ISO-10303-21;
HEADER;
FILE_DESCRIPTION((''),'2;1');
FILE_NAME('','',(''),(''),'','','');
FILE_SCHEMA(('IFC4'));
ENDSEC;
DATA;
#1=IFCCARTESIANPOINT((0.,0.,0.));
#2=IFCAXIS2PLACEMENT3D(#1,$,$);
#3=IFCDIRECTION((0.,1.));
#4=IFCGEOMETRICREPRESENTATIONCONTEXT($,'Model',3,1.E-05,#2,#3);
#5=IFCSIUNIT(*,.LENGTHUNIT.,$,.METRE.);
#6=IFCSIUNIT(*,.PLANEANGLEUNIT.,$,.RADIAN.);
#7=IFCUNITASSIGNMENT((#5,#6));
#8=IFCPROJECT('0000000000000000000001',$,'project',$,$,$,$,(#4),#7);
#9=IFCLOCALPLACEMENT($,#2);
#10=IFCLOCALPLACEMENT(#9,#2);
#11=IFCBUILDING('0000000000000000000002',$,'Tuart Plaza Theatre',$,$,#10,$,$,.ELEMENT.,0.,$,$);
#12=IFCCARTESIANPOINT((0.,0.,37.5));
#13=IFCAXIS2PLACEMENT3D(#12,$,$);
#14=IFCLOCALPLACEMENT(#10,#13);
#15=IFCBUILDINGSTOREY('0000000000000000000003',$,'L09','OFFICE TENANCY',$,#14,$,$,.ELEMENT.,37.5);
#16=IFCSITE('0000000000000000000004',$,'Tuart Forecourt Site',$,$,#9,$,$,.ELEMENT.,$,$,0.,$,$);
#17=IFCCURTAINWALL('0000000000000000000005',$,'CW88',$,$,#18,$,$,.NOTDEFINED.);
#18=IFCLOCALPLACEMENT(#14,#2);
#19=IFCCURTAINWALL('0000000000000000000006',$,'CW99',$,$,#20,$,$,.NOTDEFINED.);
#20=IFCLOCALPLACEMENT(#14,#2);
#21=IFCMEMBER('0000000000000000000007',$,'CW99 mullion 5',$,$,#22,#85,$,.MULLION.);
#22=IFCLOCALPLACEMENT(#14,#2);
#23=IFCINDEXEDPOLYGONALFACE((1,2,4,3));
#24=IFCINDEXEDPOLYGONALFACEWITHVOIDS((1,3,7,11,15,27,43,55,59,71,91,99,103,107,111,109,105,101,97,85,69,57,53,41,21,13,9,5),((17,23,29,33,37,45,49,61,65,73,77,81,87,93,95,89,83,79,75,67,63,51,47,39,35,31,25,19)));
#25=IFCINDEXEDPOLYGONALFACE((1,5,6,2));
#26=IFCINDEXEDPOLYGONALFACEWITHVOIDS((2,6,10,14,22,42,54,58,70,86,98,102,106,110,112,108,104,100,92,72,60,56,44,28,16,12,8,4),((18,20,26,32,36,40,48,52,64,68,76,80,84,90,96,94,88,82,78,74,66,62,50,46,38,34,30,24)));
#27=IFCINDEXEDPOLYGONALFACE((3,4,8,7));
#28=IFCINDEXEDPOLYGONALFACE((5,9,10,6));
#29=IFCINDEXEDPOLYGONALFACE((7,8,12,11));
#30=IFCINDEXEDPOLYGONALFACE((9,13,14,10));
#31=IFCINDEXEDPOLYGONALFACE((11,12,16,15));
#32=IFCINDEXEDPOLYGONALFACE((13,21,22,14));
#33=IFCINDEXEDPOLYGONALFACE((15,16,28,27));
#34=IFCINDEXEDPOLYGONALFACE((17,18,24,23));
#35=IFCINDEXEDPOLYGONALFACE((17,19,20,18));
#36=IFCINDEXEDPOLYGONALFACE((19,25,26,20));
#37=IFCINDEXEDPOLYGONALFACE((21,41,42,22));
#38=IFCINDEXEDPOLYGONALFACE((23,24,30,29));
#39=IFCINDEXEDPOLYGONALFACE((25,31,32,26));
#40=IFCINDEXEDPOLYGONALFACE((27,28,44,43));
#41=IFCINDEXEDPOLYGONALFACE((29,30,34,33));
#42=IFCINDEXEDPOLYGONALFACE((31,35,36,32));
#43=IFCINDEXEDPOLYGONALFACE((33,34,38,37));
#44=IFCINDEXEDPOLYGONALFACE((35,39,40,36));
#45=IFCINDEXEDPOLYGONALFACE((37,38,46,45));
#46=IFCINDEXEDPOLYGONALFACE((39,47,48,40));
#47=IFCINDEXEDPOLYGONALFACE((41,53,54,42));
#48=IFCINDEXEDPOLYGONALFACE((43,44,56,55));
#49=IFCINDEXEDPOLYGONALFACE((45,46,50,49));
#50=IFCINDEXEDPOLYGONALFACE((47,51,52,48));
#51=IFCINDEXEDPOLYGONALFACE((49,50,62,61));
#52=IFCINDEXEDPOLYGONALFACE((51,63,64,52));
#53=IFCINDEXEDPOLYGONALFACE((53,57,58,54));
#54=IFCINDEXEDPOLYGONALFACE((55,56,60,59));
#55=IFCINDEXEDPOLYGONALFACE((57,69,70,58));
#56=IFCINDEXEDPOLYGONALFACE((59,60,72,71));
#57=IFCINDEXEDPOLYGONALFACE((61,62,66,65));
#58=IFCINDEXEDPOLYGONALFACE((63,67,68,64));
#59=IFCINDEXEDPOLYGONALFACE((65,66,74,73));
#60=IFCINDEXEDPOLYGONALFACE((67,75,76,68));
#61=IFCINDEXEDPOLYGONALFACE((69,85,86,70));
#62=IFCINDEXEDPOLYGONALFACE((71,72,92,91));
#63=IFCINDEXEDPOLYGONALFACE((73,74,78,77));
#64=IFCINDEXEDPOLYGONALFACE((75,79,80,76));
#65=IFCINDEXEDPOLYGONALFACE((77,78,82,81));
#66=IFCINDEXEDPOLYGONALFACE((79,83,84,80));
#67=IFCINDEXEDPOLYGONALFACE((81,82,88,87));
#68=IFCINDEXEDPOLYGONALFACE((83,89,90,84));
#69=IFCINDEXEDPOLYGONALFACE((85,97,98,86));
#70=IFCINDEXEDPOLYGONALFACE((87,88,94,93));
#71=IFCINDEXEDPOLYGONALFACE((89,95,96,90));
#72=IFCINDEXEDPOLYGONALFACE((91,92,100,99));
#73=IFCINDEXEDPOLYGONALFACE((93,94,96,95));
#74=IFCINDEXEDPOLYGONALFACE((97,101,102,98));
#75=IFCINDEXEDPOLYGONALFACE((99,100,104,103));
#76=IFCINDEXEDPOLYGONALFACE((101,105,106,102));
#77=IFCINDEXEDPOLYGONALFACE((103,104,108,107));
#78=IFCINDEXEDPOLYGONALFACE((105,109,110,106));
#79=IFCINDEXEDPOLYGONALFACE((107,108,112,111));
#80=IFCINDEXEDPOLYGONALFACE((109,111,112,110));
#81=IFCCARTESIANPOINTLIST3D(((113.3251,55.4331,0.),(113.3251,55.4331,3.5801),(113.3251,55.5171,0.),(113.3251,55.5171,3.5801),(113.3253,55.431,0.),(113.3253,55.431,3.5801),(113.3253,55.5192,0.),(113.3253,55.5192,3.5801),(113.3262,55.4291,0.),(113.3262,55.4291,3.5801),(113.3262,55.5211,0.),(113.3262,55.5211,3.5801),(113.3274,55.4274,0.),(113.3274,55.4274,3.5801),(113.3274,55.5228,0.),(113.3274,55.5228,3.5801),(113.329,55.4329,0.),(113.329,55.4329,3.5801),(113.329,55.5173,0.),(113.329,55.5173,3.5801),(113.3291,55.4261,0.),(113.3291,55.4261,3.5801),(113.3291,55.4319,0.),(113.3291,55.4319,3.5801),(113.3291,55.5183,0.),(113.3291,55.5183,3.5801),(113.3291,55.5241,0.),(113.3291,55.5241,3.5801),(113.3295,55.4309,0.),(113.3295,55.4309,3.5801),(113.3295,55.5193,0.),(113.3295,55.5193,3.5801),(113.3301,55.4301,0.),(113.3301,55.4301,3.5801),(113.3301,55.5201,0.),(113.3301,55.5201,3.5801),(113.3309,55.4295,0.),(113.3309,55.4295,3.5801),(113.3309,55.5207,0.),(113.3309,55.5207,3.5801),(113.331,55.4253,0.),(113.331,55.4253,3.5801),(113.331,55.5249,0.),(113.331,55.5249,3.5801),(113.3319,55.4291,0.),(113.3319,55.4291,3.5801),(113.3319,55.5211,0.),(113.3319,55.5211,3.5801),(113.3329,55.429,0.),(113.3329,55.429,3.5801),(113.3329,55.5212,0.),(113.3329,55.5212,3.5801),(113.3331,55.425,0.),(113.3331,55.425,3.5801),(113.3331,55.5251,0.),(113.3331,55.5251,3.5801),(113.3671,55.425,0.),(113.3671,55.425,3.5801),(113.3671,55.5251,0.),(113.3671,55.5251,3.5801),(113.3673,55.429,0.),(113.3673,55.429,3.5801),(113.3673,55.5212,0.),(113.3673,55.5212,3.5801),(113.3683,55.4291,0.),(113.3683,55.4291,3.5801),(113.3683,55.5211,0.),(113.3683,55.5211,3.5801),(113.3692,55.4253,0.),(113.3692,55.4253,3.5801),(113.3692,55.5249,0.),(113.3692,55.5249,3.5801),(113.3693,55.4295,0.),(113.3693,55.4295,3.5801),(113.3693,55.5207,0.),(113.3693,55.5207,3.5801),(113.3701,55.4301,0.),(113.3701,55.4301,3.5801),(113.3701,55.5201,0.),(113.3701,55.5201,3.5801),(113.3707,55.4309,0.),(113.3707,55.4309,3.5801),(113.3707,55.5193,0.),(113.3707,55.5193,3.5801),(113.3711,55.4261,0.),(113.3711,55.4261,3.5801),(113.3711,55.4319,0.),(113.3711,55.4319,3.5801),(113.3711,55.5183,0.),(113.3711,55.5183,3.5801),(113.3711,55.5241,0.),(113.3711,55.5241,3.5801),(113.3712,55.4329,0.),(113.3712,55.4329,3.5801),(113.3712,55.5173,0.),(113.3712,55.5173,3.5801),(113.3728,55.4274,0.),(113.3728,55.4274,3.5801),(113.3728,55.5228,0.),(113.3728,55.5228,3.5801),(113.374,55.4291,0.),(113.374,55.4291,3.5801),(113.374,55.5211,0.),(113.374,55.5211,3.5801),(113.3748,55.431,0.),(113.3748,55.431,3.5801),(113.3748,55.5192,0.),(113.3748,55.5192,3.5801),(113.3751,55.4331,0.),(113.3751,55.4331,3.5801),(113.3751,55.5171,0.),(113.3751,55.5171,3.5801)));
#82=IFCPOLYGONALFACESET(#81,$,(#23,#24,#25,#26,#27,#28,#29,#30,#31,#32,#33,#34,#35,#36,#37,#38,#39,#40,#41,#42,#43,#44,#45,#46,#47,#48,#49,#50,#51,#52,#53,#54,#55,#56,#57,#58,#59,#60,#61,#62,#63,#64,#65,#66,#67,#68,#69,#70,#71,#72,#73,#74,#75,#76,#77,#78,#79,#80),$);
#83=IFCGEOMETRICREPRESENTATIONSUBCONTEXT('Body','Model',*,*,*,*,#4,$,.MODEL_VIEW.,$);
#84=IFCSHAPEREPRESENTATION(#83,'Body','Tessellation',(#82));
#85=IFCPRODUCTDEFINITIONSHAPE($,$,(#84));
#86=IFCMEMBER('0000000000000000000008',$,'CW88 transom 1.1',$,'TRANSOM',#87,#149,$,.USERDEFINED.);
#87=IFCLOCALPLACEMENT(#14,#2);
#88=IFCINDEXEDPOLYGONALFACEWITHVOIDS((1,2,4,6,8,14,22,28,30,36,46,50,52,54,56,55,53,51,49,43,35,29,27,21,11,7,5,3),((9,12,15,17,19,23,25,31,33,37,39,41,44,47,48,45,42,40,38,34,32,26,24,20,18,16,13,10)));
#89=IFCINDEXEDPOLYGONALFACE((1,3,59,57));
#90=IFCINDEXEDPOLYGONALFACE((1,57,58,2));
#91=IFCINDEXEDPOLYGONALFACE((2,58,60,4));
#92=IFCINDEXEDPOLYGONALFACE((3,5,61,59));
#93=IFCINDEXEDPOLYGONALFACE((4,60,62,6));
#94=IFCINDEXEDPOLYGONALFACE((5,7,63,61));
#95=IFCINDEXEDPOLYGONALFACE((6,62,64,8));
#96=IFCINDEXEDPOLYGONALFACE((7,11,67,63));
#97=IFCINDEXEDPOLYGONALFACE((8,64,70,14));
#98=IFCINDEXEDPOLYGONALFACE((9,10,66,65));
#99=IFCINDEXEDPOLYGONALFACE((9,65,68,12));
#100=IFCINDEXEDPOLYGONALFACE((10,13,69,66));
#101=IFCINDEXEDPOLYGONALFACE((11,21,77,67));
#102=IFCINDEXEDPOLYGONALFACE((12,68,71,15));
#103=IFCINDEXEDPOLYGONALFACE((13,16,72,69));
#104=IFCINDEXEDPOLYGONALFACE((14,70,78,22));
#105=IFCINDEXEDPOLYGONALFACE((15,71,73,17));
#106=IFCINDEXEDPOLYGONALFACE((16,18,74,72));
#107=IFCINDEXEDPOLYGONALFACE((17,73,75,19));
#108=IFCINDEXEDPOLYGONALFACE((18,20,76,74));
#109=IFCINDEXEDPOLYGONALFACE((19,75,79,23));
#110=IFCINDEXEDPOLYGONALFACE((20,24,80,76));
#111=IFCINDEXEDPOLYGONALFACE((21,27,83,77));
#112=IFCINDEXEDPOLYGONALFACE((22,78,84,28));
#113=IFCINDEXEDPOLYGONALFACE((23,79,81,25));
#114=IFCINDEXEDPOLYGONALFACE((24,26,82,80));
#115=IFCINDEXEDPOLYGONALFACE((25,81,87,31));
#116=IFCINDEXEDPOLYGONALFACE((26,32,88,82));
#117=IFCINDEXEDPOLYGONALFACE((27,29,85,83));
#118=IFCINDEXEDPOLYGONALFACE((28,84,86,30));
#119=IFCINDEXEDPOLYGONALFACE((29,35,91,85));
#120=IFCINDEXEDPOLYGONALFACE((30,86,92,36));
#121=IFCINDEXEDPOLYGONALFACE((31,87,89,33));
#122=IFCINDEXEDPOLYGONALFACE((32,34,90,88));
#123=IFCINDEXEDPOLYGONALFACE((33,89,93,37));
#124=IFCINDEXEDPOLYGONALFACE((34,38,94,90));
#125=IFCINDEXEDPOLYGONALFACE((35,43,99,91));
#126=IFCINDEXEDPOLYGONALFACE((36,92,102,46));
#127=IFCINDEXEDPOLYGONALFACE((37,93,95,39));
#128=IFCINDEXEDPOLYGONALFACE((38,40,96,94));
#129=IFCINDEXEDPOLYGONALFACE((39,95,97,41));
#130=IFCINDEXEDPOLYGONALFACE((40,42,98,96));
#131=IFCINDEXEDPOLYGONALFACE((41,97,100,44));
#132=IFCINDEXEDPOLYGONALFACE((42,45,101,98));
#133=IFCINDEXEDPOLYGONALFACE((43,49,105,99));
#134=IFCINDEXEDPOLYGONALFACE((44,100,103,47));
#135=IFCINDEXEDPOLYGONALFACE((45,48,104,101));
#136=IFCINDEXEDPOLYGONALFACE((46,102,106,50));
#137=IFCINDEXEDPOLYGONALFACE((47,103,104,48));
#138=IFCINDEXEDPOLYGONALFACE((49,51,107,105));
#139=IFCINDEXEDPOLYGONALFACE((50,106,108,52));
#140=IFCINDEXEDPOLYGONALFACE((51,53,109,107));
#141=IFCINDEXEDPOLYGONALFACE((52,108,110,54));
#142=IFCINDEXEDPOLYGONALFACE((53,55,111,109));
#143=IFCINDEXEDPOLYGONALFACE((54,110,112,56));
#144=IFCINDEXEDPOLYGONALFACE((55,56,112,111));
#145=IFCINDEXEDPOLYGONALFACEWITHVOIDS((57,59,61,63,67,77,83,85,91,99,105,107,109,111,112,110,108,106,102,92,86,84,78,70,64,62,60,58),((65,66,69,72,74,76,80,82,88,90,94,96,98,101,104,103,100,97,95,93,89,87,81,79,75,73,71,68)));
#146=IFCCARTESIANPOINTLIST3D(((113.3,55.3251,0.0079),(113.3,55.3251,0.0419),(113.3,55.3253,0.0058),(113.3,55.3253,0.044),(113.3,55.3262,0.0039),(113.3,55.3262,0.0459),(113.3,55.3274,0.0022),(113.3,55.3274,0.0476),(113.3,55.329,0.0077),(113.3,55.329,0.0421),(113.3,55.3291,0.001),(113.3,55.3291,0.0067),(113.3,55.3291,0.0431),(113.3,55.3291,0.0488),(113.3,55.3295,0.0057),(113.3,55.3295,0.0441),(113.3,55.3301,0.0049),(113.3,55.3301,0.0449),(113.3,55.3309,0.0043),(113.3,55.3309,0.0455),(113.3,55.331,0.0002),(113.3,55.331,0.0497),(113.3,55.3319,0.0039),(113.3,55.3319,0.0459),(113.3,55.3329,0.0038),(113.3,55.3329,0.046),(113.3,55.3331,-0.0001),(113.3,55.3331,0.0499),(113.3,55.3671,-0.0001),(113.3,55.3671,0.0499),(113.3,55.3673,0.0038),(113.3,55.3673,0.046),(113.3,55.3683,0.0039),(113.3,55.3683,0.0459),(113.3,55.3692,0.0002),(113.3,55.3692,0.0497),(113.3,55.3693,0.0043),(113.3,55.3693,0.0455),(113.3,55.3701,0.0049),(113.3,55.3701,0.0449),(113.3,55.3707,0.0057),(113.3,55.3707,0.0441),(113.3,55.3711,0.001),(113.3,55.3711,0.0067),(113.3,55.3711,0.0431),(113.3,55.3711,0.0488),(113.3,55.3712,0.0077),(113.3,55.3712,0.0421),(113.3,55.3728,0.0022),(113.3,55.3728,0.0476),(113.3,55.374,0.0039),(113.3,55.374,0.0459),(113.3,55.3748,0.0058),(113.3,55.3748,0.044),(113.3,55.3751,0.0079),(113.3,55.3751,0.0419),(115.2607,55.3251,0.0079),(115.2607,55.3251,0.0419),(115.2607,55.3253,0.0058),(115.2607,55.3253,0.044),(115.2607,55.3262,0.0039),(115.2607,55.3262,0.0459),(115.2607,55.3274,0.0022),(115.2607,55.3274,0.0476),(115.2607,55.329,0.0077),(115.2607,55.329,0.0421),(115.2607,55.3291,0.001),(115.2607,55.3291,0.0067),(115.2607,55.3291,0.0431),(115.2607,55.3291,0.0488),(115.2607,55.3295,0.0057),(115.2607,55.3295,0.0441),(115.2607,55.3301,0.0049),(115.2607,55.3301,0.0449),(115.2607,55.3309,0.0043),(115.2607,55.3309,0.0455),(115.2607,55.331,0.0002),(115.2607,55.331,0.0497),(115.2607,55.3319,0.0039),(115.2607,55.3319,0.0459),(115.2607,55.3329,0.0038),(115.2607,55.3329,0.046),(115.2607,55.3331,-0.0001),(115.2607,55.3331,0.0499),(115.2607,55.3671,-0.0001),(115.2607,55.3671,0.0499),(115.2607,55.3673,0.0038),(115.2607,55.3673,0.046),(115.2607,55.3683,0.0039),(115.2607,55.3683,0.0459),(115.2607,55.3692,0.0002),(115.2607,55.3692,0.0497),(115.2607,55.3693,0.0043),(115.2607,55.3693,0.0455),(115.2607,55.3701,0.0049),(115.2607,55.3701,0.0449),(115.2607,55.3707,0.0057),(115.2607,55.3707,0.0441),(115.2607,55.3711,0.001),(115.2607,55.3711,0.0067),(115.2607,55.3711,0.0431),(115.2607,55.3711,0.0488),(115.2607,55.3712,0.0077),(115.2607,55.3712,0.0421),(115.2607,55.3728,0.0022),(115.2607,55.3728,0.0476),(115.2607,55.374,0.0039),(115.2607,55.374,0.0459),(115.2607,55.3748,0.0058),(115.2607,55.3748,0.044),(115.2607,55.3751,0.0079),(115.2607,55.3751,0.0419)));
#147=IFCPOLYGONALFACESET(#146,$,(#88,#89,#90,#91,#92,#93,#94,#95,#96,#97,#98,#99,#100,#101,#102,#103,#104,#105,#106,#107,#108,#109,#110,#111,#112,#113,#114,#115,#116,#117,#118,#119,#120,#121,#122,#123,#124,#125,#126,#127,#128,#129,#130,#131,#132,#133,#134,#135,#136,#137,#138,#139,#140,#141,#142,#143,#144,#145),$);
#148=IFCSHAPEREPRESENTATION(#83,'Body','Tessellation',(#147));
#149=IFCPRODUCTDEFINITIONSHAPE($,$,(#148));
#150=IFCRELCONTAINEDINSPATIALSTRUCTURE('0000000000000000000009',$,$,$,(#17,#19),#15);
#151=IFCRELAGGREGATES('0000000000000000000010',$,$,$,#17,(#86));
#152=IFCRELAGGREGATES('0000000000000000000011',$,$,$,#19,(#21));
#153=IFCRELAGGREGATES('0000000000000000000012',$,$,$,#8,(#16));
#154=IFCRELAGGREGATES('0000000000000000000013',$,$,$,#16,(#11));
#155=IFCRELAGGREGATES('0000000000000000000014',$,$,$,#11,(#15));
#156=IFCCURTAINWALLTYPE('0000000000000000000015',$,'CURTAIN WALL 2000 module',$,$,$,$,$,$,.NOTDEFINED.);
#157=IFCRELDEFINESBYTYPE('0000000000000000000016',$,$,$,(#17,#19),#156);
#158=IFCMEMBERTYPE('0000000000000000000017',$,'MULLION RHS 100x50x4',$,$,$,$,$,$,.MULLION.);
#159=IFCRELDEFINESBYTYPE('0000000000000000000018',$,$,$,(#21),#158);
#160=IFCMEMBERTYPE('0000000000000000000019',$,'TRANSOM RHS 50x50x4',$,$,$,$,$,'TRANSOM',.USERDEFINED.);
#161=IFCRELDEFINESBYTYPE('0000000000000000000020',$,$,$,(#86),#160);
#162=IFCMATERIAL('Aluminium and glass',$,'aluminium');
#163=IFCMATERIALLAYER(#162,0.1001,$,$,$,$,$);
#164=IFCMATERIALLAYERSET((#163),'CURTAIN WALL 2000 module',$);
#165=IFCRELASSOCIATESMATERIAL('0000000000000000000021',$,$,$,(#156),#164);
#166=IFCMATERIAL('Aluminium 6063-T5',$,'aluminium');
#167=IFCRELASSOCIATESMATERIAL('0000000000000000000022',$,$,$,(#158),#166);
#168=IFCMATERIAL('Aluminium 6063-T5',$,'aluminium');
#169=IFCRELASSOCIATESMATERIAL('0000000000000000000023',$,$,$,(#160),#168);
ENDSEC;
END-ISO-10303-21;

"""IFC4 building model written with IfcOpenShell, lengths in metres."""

from ifc_helpers import new_model, si_unit, direction, frame, origin, origin_2d, place, context, subcontext, project, spatial, hollow_rectangle, extrude, material, layer, layer_set, material_profile, profile_set, type_object, element, aggregate, save


model = new_model("IFC4")

# Units and contexts
model_context = context("Model", 3, precision=1e-05, world=origin(), true_north=direction((0.0, 1.0)))
body_context = subcontext(model_context, "Body", "Model", "MODEL_VIEW")
ifc_project = project(units=[si_unit("LENGTHUNIT", "METRE"), si_unit("PLANEANGLEUNIT", "RADIAN")], contexts=[model_context])

# Site, building, storey
site_placement = place(None, origin())
site = spatial("IfcSite", under=ifc_project, at=site_placement, Name="Tuart Forecourt Site", CompositionType="ELEMENT", RefElevation=0.0)
building_placement = place(site_placement, origin())
building = spatial("IfcBuilding", under=site, at=building_placement, Name="Tuart Plaza Theatre", CompositionType="ELEMENT", ElevationOfRefHeight=0.0)
storey_placement = place(building_placement, frame((0.0, 0.0, 37.5)))
storey = spatial("IfcBuildingStorey", under=building, at=storey_placement, Name="L09", Description="OFFICE TENANCY", CompositionType="ELEMENT", Elevation=37.5)

# Curtain wall
ifc_material_1 = material(Name="Aluminium and glass", Category="aluminium")
ifc_layer_1 = layer(ifc_material_1, 0.1001)
ifc_layer_set_1 = layer_set([ifc_layer_1], Name="CURTAIN WALL 2000 module")
curtain_wall_type = type_object("IfcCurtainWallType", Name="CURTAIN WALL 2000 module", PredefinedType="NOTDEFINED", material=ifc_layer_set_1)
curtain_wall_1_placement = place(storey_placement, origin())
curtain_wall_1 = element("IfcCurtainWall", 1, at=curtain_wall_1_placement, inside=storey, type_object=curtain_wall_type, Name="CW88", PredefinedType="NOTDEFINED")
ifc_material_2 = material(Name="Aluminium 6063-T5", Category="aluminium")
ifc_material_profile_1 = material_profile(ifc_material_2, hollow_rectangle(XDim=0.05, YDim=0.1001, WallThickness=0.0039, InnerFilletRadius=0.0039, OuterFilletRadius=0.0081, at=origin_2d()), Name="RHS 100x50x4")
ifc_profile_set_1 = profile_set([ifc_material_profile_1], Name="Aluminium 6063-T5")
member_type_1 = type_object("IfcMemberType", Name="MULLION RHS 100x50x4", PredefinedType="MULLION", material=ifc_profile_set_1)

# Curtain wall, member
curtain_wall_2_placement = place(storey_placement, origin())
curtain_wall_2 = element("IfcCurtainWall", 2, at=curtain_wall_2_placement, inside=storey, type_object=curtain_wall_type, Name="CW99", PredefinedType="NOTDEFINED")
member_1_placement = place(storey_placement, frame((113.3501, 55.4751, 0.0), z_axis=(0.0, 0.0, 1.0), x_axis=(1.0, 0.0, 0.0)))
member_1 = element("IfcMember", 3, at=member_1_placement, type_object=member_type_1, Name="CW99 mullion 5", PredefinedType="MULLION", context=body_context, shape_type="SweptSolid", body=[
    extrude(hollow_rectangle(XDim=0.05, YDim=0.1001, WallThickness=0.0039, InnerFilletRadius=0.0039, OuterFilletRadius=0.0081, at=origin_2d()), origin(), (0.0, 0.0, 1.0), 3.5801),
])

# Member
ifc_material_3 = material(Name="Aluminium 6063-T5", Category="aluminium")
ifc_material_profile_2 = material_profile(ifc_material_3, hollow_rectangle(XDim=0.05, YDim=0.05, WallThickness=0.0039, InnerFilletRadius=0.0039, OuterFilletRadius=0.0081, at=origin_2d()), Name="RHS 50x50x4")
ifc_profile_set_2 = profile_set([ifc_material_profile_2], Name="Aluminium 6063-T5")
member_type_2 = type_object("IfcMemberType", Name="TRANSOM RHS 50x50x4", ElementType="TRANSOM", PredefinedType="USERDEFINED", material=ifc_profile_set_2)
member_2_placement = place(storey_placement, frame((113.3, 55.3501, 0.0249), z_axis=(1.0, 0.0, 0.0), x_axis=(0.0, 1.0, 0.0)))
member_2 = element("IfcMember", 4, at=member_2_placement, type_object=member_type_2, Name="CW88 transom 1.1", ObjectType="TRANSOM", PredefinedType="USERDEFINED", context=body_context, shape_type="SweptSolid", body=[
    extrude(hollow_rectangle(XDim=0.05, YDim=0.05, WallThickness=0.0039, InnerFilletRadius=0.0039, OuterFilletRadius=0.0081, at=origin_2d()), origin(), (0.0, 0.0, 1.0), 1.9607),
])
aggregate(curtain_wall_1, [member_2])

aggregate(curtain_wall_2, [member_1])

save(model, "model.ifc")
